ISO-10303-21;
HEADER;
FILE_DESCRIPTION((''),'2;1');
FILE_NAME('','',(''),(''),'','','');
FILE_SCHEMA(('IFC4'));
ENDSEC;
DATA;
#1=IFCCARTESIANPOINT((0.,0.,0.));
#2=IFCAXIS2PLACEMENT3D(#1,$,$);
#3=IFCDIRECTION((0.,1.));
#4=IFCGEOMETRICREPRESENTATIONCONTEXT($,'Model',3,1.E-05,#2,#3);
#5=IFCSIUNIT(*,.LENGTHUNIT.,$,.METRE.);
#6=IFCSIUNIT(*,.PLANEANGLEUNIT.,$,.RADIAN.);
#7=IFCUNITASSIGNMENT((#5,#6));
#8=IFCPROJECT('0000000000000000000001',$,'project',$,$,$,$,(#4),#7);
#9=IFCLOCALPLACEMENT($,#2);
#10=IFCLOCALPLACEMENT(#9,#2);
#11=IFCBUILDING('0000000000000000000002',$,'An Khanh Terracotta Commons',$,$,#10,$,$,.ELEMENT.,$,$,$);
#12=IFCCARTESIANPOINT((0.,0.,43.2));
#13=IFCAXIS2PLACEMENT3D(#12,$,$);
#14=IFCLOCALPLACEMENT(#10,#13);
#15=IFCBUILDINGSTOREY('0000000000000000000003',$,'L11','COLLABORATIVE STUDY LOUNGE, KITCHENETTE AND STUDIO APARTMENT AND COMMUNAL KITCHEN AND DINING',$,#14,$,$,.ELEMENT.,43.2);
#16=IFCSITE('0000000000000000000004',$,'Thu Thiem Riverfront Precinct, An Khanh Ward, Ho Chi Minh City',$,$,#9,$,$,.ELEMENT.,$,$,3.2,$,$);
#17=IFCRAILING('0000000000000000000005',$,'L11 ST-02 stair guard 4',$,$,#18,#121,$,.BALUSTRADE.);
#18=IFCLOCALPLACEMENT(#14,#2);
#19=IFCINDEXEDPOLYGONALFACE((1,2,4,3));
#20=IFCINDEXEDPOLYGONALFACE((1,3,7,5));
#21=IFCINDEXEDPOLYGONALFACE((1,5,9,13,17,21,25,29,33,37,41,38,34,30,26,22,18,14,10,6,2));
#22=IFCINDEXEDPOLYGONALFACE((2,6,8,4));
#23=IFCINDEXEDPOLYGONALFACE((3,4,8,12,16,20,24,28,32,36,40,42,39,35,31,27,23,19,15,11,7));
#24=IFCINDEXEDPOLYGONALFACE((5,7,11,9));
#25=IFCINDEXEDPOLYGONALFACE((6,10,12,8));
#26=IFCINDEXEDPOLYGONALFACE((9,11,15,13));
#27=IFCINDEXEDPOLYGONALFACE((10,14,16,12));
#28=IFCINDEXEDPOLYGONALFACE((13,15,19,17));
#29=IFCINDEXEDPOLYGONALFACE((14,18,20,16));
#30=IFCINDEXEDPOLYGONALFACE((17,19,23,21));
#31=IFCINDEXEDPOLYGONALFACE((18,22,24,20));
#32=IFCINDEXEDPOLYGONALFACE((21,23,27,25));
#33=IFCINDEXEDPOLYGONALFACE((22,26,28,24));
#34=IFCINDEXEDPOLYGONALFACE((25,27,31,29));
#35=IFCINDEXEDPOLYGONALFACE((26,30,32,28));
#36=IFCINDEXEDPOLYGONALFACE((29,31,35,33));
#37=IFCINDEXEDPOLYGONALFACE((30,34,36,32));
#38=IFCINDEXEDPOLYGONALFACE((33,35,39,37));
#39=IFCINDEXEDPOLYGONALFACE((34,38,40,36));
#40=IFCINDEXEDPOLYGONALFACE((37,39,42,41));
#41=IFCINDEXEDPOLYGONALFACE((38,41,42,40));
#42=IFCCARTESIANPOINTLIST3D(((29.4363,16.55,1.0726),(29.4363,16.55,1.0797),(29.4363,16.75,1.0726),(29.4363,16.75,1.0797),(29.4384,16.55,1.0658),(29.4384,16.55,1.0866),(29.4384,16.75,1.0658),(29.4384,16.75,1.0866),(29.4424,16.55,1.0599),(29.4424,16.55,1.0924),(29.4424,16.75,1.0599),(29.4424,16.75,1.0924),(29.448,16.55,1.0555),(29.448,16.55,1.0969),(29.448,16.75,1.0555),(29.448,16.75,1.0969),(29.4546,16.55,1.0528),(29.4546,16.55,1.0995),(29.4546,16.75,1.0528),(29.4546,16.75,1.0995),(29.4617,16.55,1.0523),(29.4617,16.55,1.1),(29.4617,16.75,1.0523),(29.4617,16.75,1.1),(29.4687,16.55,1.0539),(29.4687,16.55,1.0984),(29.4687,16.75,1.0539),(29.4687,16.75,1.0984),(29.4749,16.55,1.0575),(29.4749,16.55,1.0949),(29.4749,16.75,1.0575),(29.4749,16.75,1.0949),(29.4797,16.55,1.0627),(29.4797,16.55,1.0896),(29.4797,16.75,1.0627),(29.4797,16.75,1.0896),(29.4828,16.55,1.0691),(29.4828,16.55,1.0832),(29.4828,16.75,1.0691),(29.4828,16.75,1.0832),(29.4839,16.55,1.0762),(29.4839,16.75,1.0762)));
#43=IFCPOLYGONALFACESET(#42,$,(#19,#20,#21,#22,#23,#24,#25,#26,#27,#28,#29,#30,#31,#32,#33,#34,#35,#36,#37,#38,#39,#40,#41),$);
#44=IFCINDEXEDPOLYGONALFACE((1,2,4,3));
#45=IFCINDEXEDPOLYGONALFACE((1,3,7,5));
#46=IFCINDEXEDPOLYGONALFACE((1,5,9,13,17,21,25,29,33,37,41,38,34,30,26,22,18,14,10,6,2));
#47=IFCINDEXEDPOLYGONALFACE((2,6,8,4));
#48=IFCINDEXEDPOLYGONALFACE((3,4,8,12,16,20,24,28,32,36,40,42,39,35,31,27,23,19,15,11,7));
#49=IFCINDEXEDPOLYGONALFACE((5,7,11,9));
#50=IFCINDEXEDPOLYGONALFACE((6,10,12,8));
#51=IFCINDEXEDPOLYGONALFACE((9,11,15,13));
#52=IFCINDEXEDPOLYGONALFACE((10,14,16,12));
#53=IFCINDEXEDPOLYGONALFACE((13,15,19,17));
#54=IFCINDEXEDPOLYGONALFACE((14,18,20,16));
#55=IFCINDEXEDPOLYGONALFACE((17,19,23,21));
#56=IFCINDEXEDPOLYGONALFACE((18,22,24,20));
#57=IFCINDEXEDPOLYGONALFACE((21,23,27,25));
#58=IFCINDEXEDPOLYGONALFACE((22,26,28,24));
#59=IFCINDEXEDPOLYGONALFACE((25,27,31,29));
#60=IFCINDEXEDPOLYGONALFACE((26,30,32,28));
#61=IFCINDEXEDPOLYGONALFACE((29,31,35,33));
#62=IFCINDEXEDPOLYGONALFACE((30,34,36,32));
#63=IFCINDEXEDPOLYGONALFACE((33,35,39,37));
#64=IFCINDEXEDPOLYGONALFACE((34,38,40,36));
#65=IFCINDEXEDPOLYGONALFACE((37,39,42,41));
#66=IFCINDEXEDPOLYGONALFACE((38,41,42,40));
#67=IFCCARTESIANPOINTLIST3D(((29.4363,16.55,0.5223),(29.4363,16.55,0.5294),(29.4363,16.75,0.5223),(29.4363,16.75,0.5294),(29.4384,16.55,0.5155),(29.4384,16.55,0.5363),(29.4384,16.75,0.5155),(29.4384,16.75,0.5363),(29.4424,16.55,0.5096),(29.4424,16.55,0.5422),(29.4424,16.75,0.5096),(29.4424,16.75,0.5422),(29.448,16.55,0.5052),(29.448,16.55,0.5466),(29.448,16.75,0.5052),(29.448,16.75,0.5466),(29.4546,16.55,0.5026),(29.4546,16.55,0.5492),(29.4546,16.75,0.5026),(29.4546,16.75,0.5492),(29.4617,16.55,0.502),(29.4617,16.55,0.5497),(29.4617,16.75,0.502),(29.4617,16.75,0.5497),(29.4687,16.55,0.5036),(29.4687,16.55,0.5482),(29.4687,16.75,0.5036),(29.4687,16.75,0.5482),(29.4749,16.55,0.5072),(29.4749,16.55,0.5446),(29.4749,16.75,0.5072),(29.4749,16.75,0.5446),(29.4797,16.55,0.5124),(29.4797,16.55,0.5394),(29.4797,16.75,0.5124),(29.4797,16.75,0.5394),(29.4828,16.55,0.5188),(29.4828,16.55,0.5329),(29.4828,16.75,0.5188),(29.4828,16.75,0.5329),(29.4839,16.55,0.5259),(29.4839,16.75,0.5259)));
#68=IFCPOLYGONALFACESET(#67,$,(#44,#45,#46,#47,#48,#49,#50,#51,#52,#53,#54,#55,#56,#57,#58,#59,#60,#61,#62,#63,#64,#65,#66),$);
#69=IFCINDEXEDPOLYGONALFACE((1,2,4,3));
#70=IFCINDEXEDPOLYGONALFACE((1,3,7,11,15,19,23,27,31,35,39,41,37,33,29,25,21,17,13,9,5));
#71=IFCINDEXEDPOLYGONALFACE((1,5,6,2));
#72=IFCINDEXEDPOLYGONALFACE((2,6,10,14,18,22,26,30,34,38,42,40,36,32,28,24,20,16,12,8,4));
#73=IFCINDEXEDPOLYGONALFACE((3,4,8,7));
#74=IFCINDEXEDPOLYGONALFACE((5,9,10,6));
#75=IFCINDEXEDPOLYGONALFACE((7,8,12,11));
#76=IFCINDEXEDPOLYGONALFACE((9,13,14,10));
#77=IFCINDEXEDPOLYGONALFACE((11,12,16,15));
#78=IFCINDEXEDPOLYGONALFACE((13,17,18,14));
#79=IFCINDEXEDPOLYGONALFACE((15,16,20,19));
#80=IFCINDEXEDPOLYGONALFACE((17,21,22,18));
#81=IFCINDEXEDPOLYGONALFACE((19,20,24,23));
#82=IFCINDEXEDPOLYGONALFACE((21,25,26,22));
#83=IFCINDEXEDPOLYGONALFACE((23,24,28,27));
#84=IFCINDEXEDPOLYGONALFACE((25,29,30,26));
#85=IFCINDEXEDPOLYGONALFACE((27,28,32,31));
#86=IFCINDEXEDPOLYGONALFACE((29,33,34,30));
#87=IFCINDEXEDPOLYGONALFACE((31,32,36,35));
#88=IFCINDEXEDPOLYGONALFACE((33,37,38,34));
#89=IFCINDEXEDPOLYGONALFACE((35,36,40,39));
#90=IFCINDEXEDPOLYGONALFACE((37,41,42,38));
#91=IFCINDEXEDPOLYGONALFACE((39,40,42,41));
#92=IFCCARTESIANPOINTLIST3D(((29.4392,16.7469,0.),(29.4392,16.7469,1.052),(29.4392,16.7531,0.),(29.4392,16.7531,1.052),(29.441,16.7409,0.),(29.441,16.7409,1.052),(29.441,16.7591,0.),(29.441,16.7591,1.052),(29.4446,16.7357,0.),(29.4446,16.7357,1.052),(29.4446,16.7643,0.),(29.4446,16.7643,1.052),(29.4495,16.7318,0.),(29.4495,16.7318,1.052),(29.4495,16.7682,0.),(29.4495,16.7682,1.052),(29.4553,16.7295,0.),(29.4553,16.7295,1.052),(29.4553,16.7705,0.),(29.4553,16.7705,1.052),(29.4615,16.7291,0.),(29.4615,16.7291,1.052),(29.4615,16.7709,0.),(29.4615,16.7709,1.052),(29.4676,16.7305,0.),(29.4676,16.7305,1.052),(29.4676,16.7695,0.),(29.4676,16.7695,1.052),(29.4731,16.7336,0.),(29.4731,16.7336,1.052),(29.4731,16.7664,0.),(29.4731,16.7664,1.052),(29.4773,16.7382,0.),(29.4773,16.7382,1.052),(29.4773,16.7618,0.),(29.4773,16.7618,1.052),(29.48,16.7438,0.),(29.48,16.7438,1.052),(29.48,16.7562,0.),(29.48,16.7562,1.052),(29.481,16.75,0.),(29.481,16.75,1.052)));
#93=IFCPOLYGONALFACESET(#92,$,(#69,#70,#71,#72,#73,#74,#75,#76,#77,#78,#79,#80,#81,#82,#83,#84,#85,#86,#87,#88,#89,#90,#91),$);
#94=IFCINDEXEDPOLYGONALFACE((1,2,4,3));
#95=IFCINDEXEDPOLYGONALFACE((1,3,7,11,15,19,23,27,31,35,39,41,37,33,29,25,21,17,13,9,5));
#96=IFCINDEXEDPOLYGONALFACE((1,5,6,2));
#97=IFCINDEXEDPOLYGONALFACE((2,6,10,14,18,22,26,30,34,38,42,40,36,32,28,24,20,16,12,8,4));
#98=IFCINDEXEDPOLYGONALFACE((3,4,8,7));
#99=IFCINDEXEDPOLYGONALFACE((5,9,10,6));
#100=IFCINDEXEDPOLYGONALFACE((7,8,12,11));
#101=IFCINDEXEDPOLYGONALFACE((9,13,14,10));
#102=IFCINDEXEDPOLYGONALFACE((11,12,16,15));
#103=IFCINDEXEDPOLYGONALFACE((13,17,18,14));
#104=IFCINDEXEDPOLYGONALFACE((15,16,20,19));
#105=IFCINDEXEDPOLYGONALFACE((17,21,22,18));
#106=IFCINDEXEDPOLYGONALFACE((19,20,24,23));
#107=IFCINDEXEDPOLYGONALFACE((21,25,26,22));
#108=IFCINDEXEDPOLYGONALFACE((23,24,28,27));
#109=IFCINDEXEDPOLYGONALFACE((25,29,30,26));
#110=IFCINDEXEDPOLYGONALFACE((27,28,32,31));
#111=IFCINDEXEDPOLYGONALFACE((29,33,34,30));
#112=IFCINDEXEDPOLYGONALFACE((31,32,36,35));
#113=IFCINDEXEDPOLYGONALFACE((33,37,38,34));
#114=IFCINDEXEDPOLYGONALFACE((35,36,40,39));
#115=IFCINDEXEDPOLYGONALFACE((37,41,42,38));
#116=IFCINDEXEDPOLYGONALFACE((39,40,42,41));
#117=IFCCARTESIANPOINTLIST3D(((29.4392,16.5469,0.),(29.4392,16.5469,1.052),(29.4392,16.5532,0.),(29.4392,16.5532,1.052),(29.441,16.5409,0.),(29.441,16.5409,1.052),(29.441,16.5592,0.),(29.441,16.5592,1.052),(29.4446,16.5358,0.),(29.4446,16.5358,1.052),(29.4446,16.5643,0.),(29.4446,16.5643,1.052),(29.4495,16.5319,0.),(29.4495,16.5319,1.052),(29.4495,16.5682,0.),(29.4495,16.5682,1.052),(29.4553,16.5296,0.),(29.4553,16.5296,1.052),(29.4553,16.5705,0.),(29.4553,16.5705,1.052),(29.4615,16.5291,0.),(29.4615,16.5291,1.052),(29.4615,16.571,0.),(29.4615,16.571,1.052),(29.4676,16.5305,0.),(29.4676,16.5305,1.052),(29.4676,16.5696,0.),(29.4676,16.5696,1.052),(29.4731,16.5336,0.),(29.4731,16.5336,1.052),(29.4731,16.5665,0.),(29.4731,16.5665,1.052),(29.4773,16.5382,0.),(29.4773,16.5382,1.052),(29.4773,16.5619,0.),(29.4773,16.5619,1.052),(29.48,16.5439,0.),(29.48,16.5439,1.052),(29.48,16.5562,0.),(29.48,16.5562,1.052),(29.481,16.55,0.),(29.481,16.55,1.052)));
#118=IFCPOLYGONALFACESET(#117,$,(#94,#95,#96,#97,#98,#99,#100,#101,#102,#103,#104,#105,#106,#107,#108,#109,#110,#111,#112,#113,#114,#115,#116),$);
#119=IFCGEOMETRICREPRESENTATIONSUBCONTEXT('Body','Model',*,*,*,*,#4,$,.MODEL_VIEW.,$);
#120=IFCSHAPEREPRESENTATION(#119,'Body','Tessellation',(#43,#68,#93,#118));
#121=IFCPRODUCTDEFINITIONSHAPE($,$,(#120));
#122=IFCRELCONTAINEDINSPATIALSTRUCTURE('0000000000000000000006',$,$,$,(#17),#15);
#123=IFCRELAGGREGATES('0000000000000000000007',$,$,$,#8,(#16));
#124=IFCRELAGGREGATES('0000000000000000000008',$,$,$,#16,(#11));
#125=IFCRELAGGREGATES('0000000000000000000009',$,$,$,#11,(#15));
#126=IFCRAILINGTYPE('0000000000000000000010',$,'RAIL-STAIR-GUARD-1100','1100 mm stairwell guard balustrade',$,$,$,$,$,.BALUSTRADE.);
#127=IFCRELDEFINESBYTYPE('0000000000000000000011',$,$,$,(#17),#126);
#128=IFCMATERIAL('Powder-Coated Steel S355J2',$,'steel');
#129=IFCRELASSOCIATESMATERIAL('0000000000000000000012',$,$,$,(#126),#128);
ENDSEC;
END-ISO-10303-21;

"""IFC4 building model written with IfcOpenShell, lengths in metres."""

from ifc_helpers import new_model, si_unit, direction, frame, origin, origin_2d, place, context, subcontext, project, spatial, circle, extrude, material, type_object, element, save


model = new_model("IFC4")

# Units and contexts
model_context = context("Model", 3, precision=1e-05, world=origin(), true_north=direction((0.0, 1.0)))
body_context = subcontext(model_context, "Body", "Model", "MODEL_VIEW")
ifc_project = project(units=[si_unit("LENGTHUNIT", "METRE"), si_unit("PLANEANGLEUNIT", "RADIAN")], contexts=[model_context])

# Site, building, storey
site_placement = place(None, origin())
site = spatial("IfcSite", under=ifc_project, at=site_placement, Name="Thu Thiem Riverfront Precinct, An Khanh Ward, Ho Chi Minh City", CompositionType="ELEMENT", RefElevation=3.2)
building_placement = place(site_placement, origin())
building = spatial("IfcBuilding", under=site, at=building_placement, Name="An Khanh Terracotta Commons", CompositionType="ELEMENT")
storey_placement = place(building_placement, frame((0.0, 0.0, 43.2)))
storey = spatial("IfcBuildingStorey", under=building, at=storey_placement, Name="L11", Description="COLLABORATIVE STUDY LOUNGE, KITCHENETTE AND STUDIO APARTMENT AND COMMUNAL KITCHEN AND DINING", CompositionType="ELEMENT", Elevation=43.2)

# Railing
ifc_material_1 = material(Name="Powder-Coated Steel S355J2", Category="steel")
railing_type_1 = type_object("IfcRailingType", Name="RAIL-STAIR-GUARD-1100", Description="1100 mm stairwell guard balustrade", PredefinedType="BALUSTRADE", material=ifc_material_1)
railing_1_placement = place(storey_placement, frame((29.46, 16.75, 0.0)))
element("IfcRailing", 1, at=railing_1_placement, inside=storey, type_object=railing_type_1, Name="L11 ST-02 stair guard 4", PredefinedType="BALUSTRADE", context=body_context, shape_type="SweptSolid", body=[
    extrude(circle(Radius=0.0239, at=origin_2d()), frame((0.0, 0.0, 1.0762), z_axis=(0.0, -1.0, 0.0), x_axis=(1.0, 0.0, 0.0)), (0.0, 0.0, 1.0), 0.2),
    extrude(circle(Radius=0.0239, at=origin_2d()), frame((0.0, 0.0, 0.5259), z_axis=(0.0, -1.0, 0.0), x_axis=(1.0, 0.0, 0.0)), (0.0, 0.0, 1.0), 0.2),
    extrude(circle(Radius=0.021, at=origin_2d()), origin(), (0.0, 0.0, 1.0), 1.052),
    extrude(circle(Radius=0.021, at=origin_2d()), frame((0.0, -0.2, 0.0)), (0.0, 0.0, 1.0), 1.052),
])

save(model, "model.ifc")
